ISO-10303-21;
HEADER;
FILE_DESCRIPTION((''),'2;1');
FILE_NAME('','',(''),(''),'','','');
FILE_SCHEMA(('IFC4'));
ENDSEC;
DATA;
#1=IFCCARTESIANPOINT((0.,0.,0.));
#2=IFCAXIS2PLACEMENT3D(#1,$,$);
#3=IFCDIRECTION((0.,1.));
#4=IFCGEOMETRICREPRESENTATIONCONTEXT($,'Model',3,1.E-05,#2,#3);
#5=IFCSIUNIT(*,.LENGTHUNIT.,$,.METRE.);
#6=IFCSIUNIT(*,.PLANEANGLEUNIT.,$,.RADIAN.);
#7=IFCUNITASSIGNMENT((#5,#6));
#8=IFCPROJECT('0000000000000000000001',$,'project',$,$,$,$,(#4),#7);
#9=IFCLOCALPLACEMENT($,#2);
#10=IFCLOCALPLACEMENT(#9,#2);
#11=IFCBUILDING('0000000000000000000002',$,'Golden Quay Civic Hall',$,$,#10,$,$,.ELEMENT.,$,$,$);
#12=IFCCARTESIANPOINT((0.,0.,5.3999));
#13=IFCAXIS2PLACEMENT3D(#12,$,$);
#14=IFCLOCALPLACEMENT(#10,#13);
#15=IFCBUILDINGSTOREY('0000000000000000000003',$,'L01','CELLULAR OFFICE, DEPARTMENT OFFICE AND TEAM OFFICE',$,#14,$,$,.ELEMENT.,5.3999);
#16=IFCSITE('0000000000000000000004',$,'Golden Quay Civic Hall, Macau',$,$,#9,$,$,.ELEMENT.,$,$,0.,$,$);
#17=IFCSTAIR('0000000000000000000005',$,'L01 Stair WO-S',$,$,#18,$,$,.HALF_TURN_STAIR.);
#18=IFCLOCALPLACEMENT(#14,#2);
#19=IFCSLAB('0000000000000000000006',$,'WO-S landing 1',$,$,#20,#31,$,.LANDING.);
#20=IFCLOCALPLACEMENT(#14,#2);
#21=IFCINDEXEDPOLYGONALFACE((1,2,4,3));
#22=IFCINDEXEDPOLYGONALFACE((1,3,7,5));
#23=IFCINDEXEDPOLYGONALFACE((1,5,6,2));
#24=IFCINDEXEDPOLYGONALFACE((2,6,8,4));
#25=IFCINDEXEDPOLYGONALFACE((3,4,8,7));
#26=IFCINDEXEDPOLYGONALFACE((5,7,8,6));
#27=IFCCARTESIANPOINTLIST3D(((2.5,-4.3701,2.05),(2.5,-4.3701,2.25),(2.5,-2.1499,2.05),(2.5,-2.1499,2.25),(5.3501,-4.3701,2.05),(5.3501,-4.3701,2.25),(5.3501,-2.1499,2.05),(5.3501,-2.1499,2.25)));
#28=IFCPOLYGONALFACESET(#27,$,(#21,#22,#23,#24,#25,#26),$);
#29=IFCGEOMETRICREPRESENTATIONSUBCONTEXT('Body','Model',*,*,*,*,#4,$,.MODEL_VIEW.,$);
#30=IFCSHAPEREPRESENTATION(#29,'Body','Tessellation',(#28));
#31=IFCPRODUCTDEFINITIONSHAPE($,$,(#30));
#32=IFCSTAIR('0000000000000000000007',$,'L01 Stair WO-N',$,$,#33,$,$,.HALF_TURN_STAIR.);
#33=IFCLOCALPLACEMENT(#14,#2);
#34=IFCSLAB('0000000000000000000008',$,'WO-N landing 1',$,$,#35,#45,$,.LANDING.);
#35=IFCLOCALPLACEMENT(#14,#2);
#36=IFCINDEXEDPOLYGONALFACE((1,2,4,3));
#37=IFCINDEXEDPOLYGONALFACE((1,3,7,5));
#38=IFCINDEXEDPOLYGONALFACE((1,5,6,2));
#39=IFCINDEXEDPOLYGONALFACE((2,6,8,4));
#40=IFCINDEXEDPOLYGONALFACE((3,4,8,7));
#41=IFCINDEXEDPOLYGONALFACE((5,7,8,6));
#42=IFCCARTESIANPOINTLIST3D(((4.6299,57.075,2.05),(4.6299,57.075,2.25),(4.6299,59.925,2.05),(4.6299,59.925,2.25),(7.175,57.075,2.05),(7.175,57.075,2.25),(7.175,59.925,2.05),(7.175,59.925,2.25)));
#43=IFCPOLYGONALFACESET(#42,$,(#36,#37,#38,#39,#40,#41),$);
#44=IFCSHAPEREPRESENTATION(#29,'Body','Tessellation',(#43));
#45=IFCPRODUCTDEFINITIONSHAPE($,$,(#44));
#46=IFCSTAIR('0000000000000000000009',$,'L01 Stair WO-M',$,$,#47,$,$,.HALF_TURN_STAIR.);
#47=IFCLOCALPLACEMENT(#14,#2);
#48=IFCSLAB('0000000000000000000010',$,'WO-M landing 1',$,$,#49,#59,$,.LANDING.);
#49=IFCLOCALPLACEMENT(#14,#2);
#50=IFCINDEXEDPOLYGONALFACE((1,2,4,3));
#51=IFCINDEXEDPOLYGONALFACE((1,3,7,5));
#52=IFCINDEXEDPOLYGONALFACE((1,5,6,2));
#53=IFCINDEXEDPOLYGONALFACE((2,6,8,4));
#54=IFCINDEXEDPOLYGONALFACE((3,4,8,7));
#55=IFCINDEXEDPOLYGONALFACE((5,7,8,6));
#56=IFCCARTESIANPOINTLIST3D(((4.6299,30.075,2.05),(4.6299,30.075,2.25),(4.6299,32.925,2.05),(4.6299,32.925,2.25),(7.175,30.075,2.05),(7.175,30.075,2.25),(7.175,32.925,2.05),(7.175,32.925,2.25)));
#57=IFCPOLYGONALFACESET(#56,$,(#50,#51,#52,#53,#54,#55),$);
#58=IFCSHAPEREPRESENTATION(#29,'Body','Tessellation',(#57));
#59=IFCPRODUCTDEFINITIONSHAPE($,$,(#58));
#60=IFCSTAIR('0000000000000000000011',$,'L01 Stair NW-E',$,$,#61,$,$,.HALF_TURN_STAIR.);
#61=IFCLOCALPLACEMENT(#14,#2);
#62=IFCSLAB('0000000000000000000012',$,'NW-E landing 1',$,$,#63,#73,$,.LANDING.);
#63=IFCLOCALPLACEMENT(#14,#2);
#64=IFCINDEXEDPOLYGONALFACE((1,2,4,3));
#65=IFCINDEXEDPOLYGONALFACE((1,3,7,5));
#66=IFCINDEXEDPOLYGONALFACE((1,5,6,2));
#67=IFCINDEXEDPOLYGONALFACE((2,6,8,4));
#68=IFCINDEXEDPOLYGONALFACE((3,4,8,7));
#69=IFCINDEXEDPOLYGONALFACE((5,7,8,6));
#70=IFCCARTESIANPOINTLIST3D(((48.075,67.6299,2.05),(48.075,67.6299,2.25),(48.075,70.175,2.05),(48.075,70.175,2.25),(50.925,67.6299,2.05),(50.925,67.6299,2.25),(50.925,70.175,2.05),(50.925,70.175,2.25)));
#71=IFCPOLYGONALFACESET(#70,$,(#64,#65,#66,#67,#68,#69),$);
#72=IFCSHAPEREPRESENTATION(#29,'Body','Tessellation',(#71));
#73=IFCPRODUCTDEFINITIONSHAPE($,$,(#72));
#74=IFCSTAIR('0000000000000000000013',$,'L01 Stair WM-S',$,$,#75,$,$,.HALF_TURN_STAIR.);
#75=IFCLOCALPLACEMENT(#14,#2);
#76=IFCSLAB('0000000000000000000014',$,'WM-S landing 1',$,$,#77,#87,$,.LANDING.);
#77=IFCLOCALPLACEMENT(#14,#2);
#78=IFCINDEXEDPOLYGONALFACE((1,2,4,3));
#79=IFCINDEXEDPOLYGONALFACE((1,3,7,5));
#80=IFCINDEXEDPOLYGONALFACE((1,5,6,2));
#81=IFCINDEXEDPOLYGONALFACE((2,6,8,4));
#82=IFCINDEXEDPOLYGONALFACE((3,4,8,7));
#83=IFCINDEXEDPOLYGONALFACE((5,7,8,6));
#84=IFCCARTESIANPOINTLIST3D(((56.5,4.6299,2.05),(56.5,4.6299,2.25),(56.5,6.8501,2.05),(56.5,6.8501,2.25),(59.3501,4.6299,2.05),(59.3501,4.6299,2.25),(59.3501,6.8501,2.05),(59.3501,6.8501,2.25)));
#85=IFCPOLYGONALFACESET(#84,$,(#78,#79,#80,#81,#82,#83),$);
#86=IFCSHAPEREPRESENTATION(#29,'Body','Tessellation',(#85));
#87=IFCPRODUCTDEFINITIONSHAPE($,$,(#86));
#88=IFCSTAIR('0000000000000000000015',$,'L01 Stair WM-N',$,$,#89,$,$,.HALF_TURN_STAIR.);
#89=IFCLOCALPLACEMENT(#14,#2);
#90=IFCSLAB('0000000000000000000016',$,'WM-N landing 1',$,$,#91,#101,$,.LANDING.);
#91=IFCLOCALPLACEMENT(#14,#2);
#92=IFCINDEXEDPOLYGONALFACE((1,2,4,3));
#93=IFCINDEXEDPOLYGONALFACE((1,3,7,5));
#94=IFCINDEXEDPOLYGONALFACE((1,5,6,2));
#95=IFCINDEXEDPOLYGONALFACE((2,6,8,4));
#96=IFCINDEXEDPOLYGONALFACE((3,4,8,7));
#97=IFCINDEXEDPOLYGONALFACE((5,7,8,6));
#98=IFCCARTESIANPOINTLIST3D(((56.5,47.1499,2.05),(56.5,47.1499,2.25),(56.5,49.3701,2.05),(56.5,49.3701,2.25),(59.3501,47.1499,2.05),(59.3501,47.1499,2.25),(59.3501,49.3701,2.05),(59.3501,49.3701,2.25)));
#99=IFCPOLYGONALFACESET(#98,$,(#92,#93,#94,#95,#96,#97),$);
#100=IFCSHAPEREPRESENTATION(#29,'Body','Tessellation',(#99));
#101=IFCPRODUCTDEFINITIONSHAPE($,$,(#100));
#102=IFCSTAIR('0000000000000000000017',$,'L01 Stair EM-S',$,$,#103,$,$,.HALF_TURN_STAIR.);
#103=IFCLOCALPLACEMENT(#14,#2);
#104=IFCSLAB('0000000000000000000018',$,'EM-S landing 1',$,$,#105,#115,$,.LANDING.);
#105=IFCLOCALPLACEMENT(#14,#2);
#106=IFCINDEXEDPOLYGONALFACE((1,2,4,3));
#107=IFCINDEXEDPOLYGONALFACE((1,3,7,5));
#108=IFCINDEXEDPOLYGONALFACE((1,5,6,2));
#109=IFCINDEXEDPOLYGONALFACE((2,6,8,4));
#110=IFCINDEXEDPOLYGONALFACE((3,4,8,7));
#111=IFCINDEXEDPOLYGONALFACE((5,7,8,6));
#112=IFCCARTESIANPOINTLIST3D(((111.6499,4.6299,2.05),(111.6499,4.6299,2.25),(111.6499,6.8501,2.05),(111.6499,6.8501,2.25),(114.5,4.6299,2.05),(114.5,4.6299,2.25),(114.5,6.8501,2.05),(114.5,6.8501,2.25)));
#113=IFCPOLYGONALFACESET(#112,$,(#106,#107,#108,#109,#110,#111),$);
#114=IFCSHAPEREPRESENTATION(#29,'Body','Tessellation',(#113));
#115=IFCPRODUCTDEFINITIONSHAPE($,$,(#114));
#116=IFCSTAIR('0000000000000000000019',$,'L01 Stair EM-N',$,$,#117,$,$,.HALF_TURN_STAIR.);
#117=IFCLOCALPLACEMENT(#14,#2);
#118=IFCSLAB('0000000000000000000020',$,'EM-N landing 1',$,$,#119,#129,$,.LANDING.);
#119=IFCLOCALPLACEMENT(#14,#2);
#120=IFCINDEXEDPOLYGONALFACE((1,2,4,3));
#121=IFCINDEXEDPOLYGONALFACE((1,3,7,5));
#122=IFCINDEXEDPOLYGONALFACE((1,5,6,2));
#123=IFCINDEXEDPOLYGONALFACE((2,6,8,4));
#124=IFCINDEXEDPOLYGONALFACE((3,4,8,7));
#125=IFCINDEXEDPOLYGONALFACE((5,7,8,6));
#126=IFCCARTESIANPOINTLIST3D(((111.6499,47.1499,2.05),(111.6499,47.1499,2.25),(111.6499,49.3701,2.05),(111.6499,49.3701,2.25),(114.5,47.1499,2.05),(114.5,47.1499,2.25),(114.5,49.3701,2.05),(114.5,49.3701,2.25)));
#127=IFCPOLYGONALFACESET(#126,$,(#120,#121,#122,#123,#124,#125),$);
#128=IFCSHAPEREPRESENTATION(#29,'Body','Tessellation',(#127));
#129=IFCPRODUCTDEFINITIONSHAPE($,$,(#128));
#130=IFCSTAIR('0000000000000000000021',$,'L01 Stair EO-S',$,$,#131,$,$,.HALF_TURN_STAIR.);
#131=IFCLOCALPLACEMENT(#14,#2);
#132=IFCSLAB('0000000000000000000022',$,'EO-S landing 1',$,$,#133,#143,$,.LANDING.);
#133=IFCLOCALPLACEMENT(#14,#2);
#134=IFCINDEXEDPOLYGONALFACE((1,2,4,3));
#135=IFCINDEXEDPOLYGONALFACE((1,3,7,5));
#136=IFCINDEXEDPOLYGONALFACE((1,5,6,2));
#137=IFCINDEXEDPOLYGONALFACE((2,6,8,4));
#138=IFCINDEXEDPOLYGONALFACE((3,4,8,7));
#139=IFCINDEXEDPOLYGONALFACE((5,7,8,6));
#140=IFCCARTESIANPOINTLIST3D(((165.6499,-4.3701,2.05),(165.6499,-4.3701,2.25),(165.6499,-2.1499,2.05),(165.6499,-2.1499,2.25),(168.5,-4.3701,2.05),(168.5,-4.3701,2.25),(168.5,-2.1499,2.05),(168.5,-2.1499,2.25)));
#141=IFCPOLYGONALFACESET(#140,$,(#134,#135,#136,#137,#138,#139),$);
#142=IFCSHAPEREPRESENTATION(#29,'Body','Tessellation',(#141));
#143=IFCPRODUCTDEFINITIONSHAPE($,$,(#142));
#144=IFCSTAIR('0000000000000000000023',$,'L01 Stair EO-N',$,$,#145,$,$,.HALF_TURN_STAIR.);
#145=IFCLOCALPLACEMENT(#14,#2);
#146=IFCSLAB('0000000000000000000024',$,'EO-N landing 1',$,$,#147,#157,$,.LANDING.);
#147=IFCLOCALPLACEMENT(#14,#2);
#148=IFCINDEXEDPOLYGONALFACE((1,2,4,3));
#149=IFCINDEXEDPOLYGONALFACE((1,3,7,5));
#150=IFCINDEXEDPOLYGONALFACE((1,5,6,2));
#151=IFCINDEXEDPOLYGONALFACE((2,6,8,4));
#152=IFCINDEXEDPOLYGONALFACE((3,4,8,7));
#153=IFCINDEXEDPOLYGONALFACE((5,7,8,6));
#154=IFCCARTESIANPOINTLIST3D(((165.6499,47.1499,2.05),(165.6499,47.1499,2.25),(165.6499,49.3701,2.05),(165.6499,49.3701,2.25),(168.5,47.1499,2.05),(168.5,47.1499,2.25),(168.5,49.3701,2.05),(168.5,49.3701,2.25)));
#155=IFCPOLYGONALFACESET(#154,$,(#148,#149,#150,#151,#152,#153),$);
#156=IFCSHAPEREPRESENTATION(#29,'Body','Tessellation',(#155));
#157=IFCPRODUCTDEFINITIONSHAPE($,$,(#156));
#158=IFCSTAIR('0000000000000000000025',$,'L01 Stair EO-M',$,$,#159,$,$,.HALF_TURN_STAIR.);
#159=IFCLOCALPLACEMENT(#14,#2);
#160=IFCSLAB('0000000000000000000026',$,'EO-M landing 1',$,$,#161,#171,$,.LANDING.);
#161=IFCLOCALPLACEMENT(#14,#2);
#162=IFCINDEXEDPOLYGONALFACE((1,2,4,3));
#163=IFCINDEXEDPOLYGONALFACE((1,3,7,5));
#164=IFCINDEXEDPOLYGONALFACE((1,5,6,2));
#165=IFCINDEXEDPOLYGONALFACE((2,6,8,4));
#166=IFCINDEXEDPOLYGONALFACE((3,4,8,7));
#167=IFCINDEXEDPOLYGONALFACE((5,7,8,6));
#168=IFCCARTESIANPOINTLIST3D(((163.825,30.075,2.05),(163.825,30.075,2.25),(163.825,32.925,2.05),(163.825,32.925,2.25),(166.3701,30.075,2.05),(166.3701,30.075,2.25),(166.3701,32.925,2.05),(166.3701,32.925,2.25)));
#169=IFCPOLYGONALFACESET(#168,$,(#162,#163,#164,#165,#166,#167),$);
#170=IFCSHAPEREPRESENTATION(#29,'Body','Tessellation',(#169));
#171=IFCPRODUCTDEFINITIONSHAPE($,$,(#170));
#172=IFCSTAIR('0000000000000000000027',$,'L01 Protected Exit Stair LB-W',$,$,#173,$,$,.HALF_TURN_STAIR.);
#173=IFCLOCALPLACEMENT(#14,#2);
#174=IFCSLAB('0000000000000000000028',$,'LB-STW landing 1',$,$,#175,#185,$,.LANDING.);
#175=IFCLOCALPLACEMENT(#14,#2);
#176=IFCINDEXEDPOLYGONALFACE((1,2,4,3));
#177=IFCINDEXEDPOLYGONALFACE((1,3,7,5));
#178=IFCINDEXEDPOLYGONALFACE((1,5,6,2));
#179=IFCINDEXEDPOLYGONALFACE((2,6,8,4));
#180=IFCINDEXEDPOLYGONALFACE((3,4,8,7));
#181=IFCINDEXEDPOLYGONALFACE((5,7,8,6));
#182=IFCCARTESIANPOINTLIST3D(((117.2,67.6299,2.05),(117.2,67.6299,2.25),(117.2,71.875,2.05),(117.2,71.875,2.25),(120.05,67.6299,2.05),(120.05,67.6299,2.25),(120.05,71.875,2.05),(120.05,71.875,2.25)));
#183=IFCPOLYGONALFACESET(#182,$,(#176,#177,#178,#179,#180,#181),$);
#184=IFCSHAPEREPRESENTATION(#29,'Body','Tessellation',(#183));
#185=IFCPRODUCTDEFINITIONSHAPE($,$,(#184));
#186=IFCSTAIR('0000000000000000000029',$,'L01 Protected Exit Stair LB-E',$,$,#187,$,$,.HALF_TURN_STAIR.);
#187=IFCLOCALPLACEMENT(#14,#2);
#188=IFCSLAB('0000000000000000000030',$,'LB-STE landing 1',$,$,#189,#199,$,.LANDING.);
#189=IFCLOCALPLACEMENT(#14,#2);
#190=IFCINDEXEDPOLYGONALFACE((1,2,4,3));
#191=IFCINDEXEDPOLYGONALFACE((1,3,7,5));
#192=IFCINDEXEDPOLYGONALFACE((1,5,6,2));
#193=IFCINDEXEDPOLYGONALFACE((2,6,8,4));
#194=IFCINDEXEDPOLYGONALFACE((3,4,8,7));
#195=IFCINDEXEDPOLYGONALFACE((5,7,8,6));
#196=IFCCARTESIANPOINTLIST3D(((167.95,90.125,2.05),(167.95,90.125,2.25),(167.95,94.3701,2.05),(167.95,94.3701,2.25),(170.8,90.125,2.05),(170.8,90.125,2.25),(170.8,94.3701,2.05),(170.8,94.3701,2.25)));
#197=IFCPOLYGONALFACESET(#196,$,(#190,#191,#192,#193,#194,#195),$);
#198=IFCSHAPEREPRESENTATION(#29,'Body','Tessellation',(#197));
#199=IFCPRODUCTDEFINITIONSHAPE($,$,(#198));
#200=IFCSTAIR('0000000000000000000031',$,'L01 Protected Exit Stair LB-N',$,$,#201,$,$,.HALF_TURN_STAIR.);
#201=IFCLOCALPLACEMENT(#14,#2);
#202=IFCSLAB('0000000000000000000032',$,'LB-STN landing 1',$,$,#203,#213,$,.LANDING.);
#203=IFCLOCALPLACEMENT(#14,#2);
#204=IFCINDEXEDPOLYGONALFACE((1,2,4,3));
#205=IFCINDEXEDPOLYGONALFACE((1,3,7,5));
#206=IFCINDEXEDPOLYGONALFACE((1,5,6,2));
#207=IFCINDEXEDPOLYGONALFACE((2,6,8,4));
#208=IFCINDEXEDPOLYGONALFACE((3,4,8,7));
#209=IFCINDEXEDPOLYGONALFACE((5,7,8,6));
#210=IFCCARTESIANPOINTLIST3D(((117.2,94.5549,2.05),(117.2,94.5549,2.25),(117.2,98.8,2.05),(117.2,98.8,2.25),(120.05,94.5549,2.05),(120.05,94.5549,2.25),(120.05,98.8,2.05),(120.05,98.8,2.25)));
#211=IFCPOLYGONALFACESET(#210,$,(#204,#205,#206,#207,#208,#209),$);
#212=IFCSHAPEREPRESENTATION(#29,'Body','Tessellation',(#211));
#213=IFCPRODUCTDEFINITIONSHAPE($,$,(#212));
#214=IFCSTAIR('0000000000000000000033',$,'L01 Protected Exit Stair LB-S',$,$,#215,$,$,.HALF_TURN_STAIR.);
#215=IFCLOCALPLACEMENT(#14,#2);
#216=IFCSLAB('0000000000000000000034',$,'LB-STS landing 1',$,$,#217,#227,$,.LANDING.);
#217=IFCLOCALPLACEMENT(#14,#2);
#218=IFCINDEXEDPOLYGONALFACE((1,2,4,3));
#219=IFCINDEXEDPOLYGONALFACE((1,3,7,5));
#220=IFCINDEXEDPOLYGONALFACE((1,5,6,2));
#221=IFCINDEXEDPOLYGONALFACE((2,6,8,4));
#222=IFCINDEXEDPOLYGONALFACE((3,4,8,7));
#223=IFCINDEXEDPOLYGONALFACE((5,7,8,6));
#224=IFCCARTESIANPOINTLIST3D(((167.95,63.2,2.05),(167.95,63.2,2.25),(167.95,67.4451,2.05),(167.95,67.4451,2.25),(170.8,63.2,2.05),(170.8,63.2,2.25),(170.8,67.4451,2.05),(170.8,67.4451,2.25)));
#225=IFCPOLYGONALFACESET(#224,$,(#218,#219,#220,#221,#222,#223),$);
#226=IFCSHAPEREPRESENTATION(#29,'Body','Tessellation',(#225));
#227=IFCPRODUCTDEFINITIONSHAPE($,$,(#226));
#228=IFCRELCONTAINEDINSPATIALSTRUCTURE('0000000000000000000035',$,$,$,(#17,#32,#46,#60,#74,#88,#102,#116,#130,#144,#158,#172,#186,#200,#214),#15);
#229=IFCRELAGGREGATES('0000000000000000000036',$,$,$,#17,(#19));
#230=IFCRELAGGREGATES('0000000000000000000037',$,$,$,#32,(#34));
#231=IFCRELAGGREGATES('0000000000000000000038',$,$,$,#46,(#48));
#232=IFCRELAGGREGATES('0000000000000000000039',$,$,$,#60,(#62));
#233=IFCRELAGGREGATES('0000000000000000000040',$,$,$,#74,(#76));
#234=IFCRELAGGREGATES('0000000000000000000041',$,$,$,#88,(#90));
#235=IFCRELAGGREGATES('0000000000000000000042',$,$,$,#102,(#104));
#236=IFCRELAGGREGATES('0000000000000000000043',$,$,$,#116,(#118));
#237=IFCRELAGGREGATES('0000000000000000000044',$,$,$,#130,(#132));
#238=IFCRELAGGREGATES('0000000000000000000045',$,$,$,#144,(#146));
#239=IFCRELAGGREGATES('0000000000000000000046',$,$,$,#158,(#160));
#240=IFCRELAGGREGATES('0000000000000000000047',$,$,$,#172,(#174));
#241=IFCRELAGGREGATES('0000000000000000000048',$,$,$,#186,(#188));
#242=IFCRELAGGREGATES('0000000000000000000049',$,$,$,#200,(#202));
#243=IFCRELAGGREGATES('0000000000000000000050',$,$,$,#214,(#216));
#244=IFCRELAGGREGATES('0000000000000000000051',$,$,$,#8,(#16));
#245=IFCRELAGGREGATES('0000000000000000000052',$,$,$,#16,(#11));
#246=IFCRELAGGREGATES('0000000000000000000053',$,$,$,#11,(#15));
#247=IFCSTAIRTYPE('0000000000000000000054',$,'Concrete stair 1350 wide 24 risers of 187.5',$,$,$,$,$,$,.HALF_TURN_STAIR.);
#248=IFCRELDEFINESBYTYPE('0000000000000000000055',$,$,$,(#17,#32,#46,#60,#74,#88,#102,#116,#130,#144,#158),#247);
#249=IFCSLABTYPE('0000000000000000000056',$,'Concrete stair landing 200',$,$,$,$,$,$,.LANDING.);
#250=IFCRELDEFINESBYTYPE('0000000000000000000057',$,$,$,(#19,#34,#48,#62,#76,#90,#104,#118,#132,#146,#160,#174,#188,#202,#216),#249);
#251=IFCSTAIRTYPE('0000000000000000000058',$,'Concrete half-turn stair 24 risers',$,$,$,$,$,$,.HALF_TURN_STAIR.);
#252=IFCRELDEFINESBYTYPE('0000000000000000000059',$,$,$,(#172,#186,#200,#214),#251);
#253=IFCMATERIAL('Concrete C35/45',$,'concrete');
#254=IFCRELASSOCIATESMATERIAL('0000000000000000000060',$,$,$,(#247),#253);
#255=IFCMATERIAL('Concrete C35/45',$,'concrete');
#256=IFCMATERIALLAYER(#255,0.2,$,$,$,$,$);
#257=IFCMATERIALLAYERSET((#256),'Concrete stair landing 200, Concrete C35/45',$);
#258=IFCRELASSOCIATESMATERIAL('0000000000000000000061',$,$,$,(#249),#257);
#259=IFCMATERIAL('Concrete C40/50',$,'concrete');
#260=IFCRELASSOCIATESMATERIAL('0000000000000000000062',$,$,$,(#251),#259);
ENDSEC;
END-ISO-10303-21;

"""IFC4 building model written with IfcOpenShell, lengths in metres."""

from ifc_helpers import new_model, si_unit, direction, frame, origin, place, context, subcontext, project, spatial, polyline, outline, extrude, material, layer, layer_set, type_object, element, aggregate, save


model = new_model("IFC4")

# Units and contexts
model_context = context("Model", 3, precision=1e-05, world=origin(), true_north=direction((0.0, 1.0)))
body_context = subcontext(model_context, "Body", "Model", "MODEL_VIEW")
ifc_project = project(units=[si_unit("LENGTHUNIT", "METRE"), si_unit("PLANEANGLEUNIT", "RADIAN")], contexts=[model_context])

# Site, building, storey
site_placement = place(None, origin())
site = spatial("IfcSite", under=ifc_project, at=site_placement, Name="Golden Quay Civic Hall, Macau", CompositionType="ELEMENT", RefElevation=0.0)
building_placement = place(site_placement, origin())
building = spatial("IfcBuilding", under=site, at=building_placement, Name="Golden Quay Civic Hall", CompositionType="ELEMENT")
storey_placement = place(building_placement, frame((0.0, 0.0, 5.3999)))
storey = spatial("IfcBuildingStorey", under=building, at=storey_placement, Name="L01", Description="CELLULAR OFFICE, DEPARTMENT OFFICE AND TEAM OFFICE", CompositionType="ELEMENT", Elevation=5.3999)

# Stairs, slabs
ifc_material_1 = material(Name="Concrete C35/45", Category="concrete")
stair_type_1 = type_object("IfcStairType", Name="Concrete stair 1350 wide 24 risers of 187.5", PredefinedType="HALF_TURN_STAIR", material=ifc_material_1)
stair_1_placement = place(storey_placement, origin())
stair_1 = element("IfcStair", 1, at=stair_1_placement, inside=storey, type_object=stair_type_1, Name="L01 Stair WO-S", PredefinedType="HALF_TURN_STAIR")
ifc_material_2 = material(Name="Concrete C35/45", Category="concrete")
ifc_layer_1 = layer(ifc_material_2, 0.2)
ifc_layer_set_1 = layer_set([ifc_layer_1], Name="Concrete stair landing 200, Concrete C35/45")
slab_type = type_object("IfcSlabType", Name="Concrete stair landing 200", PredefinedType="LANDING", material=ifc_layer_set_1)
slab_1_placement = place(storey_placement, frame((0.0, 0.0, 2.05)))
slab_1 = element("IfcSlab", 2, at=slab_1_placement, type_object=slab_type, Name="WO-S landing 1", PredefinedType="LANDING", context=body_context, shape_type="SweptSolid", body=[
    extrude(outline(polyline([(5.3501, -4.3701), (5.3501, -2.1499), (2.5, -2.1499), (2.5, -4.3701), (5.3501, -4.3701)])), origin(), (0.0, 0.0, 1.0), 0.2),
])
aggregate(stair_1, [slab_1])
stair_2_placement = place(storey_placement, origin())
stair_2 = element("IfcStair", 3, at=stair_2_placement, inside=storey, type_object=stair_type_1, Name="L01 Stair WO-N", PredefinedType="HALF_TURN_STAIR")
slab_2_placement = place(storey_placement, frame((0.0, 0.0, 2.05)))
slab_2 = element("IfcSlab", 4, at=slab_2_placement, type_object=slab_type, Name="WO-N landing 1", PredefinedType="LANDING", context=body_context, shape_type="SweptSolid", body=[
    extrude(outline(polyline([(4.6299, 57.075), (7.175, 57.075), (7.175, 59.925), (4.6299, 59.925), (4.6299, 57.075)])), origin(), (0.0, 0.0, 1.0), 0.2),
])
aggregate(stair_2, [slab_2])
stair_3_placement = place(storey_placement, origin())
stair_3 = element("IfcStair", 5, at=stair_3_placement, inside=storey, type_object=stair_type_1, Name="L01 Stair WO-M", PredefinedType="HALF_TURN_STAIR")
slab_3_placement = place(storey_placement, frame((0.0, 0.0, 2.05)))
slab_3 = element("IfcSlab", 6, at=slab_3_placement, type_object=slab_type, Name="WO-M landing 1", PredefinedType="LANDING", context=body_context, shape_type="SweptSolid", body=[
    extrude(outline(polyline([(4.6299, 30.075), (7.175, 30.075), (7.175, 32.925), (4.6299, 32.925), (4.6299, 30.075)])), origin(), (0.0, 0.0, 1.0), 0.2),
])
aggregate(stair_3, [slab_3])
stair_4_placement = place(storey_placement, origin())
stair_4 = element("IfcStair", 7, at=stair_4_placement, inside=storey, type_object=stair_type_1, Name="L01 Stair NW-E", PredefinedType="HALF_TURN_STAIR")
slab_4_placement = place(storey_placement, frame((0.0, 0.0, 2.05)))
slab_4 = element("IfcSlab", 8, at=slab_4_placement, type_object=slab_type, Name="NW-E landing 1", PredefinedType="LANDING", context=body_context, shape_type="SweptSolid", body=[
    extrude(outline(polyline([(50.925, 67.6299), (50.925, 70.175), (48.075, 70.175), (48.075, 67.6299), (50.925, 67.6299)])), origin(), (0.0, 0.0, 1.0), 0.2),
])
aggregate(stair_4, [slab_4])
stair_5_placement = place(storey_placement, origin())
stair_5 = element("IfcStair", 9, at=stair_5_placement, inside=storey, type_object=stair_type_1, Name="L01 Stair WM-S", PredefinedType="HALF_TURN_STAIR")
slab_5_placement = place(storey_placement, frame((0.0, 0.0, 2.05)))
slab_5 = element("IfcSlab", 10, at=slab_5_placement, type_object=slab_type, Name="WM-S landing 1", PredefinedType="LANDING", context=body_context, shape_type="SweptSolid", body=[
    extrude(outline(polyline([(59.3501, 4.6299), (59.3501, 6.8501), (56.5, 6.8501), (56.5, 4.6299), (59.3501, 4.6299)])), origin(), (0.0, 0.0, 1.0), 0.2),
])
aggregate(stair_5, [slab_5])
stair_6_placement = place(storey_placement, origin())
stair_6 = element("IfcStair", 11, at=stair_6_placement, inside=storey, type_object=stair_type_1, Name="L01 Stair WM-N", PredefinedType="HALF_TURN_STAIR")
slab_6_placement = place(storey_placement, frame((0.0, 0.0, 2.05)))
slab_6 = element("IfcSlab", 12, at=slab_6_placement, type_object=slab_type, Name="WM-N landing 1", PredefinedType="LANDING", context=body_context, shape_type="SweptSolid", body=[
    extrude(outline(polyline([(56.5, 49.3701), (56.5, 47.1499), (59.3501, 47.1499), (59.3501, 49.3701), (56.5, 49.3701)])), origin(), (0.0, 0.0, 1.0), 0.2),
])
aggregate(stair_6, [slab_6])
stair_7_placement = place(storey_placement, origin())
stair_7 = element("IfcStair", 13, at=stair_7_placement, inside=storey, type_object=stair_type_1, Name="L01 Stair EM-S", PredefinedType="HALF_TURN_STAIR")
slab_7_placement = place(storey_placement, frame((0.0, 0.0, 2.05)))
slab_7 = element("IfcSlab", 14, at=slab_7_placement, type_object=slab_type, Name="EM-S landing 1", PredefinedType="LANDING", context=body_context, shape_type="SweptSolid", body=[
    extrude(outline(polyline([(114.5, 4.6299), (114.5, 6.8501), (111.6499, 6.8501), (111.6499, 4.6299), (114.5, 4.6299)])), origin(), (0.0, 0.0, 1.0), 0.2),
])
aggregate(stair_7, [slab_7])
stair_8_placement = place(storey_placement, origin())
stair_8 = element("IfcStair", 15, at=stair_8_placement, inside=storey, type_object=stair_type_1, Name="L01 Stair EM-N", PredefinedType="HALF_TURN_STAIR")
slab_8_placement = place(storey_placement, frame((0.0, 0.0, 2.05)))
slab_8 = element("IfcSlab", 16, at=slab_8_placement, type_object=slab_type, Name="EM-N landing 1", PredefinedType="LANDING", context=body_context, shape_type="SweptSolid", body=[
    extrude(outline(polyline([(111.6499, 49.3701), (111.6499, 47.1499), (114.5, 47.1499), (114.5, 49.3701), (111.6499, 49.3701)])), origin(), (0.0, 0.0, 1.0), 0.2),
])
aggregate(stair_8, [slab_8])
stair_9_placement = place(storey_placement, origin())
stair_9 = element("IfcStair", 17, at=stair_9_placement, inside=storey, type_object=stair_type_1, Name="L01 Stair EO-S", PredefinedType="HALF_TURN_STAIR")
slab_9_placement = place(storey_placement, frame((0.0, 0.0, 2.05)))
slab_9 = element("IfcSlab", 18, at=slab_9_placement, type_object=slab_type, Name="EO-S landing 1", PredefinedType="LANDING", context=body_context, shape_type="SweptSolid", body=[
    extrude(outline(polyline([(168.5, -4.3701), (168.5, -2.1499), (165.6499, -2.1499), (165.6499, -4.3701), (168.5, -4.3701)])), origin(), (0.0, 0.0, 1.0), 0.2),
])
aggregate(stair_9, [slab_9])
stair_10_placement = place(storey_placement, origin())
stair_10 = element("IfcStair", 19, at=stair_10_placement, inside=storey, type_object=stair_type_1, Name="L01 Stair EO-N", PredefinedType="HALF_TURN_STAIR")
slab_10_placement = place(storey_placement, frame((0.0, 0.0, 2.05)))
slab_10 = element("IfcSlab", 20, at=slab_10_placement, type_object=slab_type, Name="EO-N landing 1", PredefinedType="LANDING", context=body_context, shape_type="SweptSolid", body=[
    extrude(outline(polyline([(165.6499, 49.3701), (165.6499, 47.1499), (168.5, 47.1499), (168.5, 49.3701), (165.6499, 49.3701)])), origin(), (0.0, 0.0, 1.0), 0.2),
])
aggregate(stair_10, [slab_10])
stair_11_placement = place(storey_placement, origin())
stair_11 = element("IfcStair", 21, at=stair_11_placement, inside=storey, type_object=stair_type_1, Name="L01 Stair EO-M", PredefinedType="HALF_TURN_STAIR")
slab_11_placement = place(storey_placement, frame((0.0, 0.0, 2.05)))
slab_11 = element("IfcSlab", 22, at=slab_11_placement, type_object=slab_type, Name="EO-M landing 1", PredefinedType="LANDING", context=body_context, shape_type="SweptSolid", body=[
    extrude(outline(polyline([(166.3701, 32.925), (163.825, 32.925), (163.825, 30.075), (166.3701, 30.075), (166.3701, 32.925)])), origin(), (0.0, 0.0, 1.0), 0.2),
])
aggregate(stair_11, [slab_11])
ifc_material_3 = material(Name="Concrete C40/50", Category="concrete")
stair_type_2 = type_object("IfcStairType", Name="Concrete half-turn stair 24 risers", PredefinedType="HALF_TURN_STAIR", material=ifc_material_3)
stair_12_placement = place(storey_placement, origin())
stair_12 = element("IfcStair", 23, at=stair_12_placement, inside=storey, type_object=stair_type_2, Name="L01 Protected Exit Stair LB-W", PredefinedType="HALF_TURN_STAIR")
slab_12_placement = place(storey_placement, frame((0.0, 0.0, 2.05)))
slab_12 = element("IfcSlab", 24, at=slab_12_placement, type_object=slab_type, Name="LB-STW landing 1", PredefinedType="LANDING", context=body_context, shape_type="SweptSolid", body=[
    extrude(outline(polyline([(120.05, 67.6299), (120.05, 71.875), (117.2, 71.875), (117.2, 67.6299), (120.05, 67.6299)])), origin(), (0.0, 0.0, 1.0), 0.2),
])
aggregate(stair_12, [slab_12])
stair_13_placement = place(storey_placement, origin())
stair_13 = element("IfcStair", 25, at=stair_13_placement, inside=storey, type_object=stair_type_2, Name="L01 Protected Exit Stair LB-E", PredefinedType="HALF_TURN_STAIR")
slab_13_placement = place(storey_placement, frame((0.0, 0.0, 2.05)))
slab_13 = element("IfcSlab", 26, at=slab_13_placement, type_object=slab_type, Name="LB-STE landing 1", PredefinedType="LANDING", context=body_context, shape_type="SweptSolid", body=[
    extrude(outline(polyline([(167.95, 94.3701), (167.95, 90.125), (170.8, 90.125), (170.8, 94.3701), (167.95, 94.3701)])), origin(), (0.0, 0.0, 1.0), 0.2),
])
aggregate(stair_13, [slab_13])
stair_14_placement = place(storey_placement, origin())
stair_14 = element("IfcStair", 27, at=stair_14_placement, inside=storey, type_object=stair_type_2, Name="L01 Protected Exit Stair LB-N", PredefinedType="HALF_TURN_STAIR")
slab_14_placement = place(storey_placement, frame((0.0, 0.0, 2.05)))
slab_14 = element("IfcSlab", 28, at=slab_14_placement, type_object=slab_type, Name="LB-STN landing 1", PredefinedType="LANDING", context=body_context, shape_type="SweptSolid", body=[
    extrude(outline(polyline([(120.05, 94.5549), (120.05, 98.8), (117.2, 98.8), (117.2, 94.5549), (120.05, 94.5549)])), origin(), (0.0, 0.0, 1.0), 0.2),
])
aggregate(stair_14, [slab_14])
stair_15_placement = place(storey_placement, origin())
stair_15 = element("IfcStair", 29, at=stair_15_placement, inside=storey, type_object=stair_type_2, Name="L01 Protected Exit Stair LB-S", PredefinedType="HALF_TURN_STAIR")
slab_15_placement = place(storey_placement, frame((0.0, 0.0, 2.05)))
slab_15 = element("IfcSlab", 30, at=slab_15_placement, type_object=slab_type, Name="LB-STS landing 1", PredefinedType="LANDING", context=body_context, shape_type="SweptSolid", body=[
    extrude(outline(polyline([(167.95, 67.4451), (167.95, 63.2), (170.8, 63.2), (170.8, 67.4451), (167.95, 67.4451)])), origin(), (0.0, 0.0, 1.0), 0.2),
])
aggregate(stair_15, [slab_15])

save(model, "model.ifc")
